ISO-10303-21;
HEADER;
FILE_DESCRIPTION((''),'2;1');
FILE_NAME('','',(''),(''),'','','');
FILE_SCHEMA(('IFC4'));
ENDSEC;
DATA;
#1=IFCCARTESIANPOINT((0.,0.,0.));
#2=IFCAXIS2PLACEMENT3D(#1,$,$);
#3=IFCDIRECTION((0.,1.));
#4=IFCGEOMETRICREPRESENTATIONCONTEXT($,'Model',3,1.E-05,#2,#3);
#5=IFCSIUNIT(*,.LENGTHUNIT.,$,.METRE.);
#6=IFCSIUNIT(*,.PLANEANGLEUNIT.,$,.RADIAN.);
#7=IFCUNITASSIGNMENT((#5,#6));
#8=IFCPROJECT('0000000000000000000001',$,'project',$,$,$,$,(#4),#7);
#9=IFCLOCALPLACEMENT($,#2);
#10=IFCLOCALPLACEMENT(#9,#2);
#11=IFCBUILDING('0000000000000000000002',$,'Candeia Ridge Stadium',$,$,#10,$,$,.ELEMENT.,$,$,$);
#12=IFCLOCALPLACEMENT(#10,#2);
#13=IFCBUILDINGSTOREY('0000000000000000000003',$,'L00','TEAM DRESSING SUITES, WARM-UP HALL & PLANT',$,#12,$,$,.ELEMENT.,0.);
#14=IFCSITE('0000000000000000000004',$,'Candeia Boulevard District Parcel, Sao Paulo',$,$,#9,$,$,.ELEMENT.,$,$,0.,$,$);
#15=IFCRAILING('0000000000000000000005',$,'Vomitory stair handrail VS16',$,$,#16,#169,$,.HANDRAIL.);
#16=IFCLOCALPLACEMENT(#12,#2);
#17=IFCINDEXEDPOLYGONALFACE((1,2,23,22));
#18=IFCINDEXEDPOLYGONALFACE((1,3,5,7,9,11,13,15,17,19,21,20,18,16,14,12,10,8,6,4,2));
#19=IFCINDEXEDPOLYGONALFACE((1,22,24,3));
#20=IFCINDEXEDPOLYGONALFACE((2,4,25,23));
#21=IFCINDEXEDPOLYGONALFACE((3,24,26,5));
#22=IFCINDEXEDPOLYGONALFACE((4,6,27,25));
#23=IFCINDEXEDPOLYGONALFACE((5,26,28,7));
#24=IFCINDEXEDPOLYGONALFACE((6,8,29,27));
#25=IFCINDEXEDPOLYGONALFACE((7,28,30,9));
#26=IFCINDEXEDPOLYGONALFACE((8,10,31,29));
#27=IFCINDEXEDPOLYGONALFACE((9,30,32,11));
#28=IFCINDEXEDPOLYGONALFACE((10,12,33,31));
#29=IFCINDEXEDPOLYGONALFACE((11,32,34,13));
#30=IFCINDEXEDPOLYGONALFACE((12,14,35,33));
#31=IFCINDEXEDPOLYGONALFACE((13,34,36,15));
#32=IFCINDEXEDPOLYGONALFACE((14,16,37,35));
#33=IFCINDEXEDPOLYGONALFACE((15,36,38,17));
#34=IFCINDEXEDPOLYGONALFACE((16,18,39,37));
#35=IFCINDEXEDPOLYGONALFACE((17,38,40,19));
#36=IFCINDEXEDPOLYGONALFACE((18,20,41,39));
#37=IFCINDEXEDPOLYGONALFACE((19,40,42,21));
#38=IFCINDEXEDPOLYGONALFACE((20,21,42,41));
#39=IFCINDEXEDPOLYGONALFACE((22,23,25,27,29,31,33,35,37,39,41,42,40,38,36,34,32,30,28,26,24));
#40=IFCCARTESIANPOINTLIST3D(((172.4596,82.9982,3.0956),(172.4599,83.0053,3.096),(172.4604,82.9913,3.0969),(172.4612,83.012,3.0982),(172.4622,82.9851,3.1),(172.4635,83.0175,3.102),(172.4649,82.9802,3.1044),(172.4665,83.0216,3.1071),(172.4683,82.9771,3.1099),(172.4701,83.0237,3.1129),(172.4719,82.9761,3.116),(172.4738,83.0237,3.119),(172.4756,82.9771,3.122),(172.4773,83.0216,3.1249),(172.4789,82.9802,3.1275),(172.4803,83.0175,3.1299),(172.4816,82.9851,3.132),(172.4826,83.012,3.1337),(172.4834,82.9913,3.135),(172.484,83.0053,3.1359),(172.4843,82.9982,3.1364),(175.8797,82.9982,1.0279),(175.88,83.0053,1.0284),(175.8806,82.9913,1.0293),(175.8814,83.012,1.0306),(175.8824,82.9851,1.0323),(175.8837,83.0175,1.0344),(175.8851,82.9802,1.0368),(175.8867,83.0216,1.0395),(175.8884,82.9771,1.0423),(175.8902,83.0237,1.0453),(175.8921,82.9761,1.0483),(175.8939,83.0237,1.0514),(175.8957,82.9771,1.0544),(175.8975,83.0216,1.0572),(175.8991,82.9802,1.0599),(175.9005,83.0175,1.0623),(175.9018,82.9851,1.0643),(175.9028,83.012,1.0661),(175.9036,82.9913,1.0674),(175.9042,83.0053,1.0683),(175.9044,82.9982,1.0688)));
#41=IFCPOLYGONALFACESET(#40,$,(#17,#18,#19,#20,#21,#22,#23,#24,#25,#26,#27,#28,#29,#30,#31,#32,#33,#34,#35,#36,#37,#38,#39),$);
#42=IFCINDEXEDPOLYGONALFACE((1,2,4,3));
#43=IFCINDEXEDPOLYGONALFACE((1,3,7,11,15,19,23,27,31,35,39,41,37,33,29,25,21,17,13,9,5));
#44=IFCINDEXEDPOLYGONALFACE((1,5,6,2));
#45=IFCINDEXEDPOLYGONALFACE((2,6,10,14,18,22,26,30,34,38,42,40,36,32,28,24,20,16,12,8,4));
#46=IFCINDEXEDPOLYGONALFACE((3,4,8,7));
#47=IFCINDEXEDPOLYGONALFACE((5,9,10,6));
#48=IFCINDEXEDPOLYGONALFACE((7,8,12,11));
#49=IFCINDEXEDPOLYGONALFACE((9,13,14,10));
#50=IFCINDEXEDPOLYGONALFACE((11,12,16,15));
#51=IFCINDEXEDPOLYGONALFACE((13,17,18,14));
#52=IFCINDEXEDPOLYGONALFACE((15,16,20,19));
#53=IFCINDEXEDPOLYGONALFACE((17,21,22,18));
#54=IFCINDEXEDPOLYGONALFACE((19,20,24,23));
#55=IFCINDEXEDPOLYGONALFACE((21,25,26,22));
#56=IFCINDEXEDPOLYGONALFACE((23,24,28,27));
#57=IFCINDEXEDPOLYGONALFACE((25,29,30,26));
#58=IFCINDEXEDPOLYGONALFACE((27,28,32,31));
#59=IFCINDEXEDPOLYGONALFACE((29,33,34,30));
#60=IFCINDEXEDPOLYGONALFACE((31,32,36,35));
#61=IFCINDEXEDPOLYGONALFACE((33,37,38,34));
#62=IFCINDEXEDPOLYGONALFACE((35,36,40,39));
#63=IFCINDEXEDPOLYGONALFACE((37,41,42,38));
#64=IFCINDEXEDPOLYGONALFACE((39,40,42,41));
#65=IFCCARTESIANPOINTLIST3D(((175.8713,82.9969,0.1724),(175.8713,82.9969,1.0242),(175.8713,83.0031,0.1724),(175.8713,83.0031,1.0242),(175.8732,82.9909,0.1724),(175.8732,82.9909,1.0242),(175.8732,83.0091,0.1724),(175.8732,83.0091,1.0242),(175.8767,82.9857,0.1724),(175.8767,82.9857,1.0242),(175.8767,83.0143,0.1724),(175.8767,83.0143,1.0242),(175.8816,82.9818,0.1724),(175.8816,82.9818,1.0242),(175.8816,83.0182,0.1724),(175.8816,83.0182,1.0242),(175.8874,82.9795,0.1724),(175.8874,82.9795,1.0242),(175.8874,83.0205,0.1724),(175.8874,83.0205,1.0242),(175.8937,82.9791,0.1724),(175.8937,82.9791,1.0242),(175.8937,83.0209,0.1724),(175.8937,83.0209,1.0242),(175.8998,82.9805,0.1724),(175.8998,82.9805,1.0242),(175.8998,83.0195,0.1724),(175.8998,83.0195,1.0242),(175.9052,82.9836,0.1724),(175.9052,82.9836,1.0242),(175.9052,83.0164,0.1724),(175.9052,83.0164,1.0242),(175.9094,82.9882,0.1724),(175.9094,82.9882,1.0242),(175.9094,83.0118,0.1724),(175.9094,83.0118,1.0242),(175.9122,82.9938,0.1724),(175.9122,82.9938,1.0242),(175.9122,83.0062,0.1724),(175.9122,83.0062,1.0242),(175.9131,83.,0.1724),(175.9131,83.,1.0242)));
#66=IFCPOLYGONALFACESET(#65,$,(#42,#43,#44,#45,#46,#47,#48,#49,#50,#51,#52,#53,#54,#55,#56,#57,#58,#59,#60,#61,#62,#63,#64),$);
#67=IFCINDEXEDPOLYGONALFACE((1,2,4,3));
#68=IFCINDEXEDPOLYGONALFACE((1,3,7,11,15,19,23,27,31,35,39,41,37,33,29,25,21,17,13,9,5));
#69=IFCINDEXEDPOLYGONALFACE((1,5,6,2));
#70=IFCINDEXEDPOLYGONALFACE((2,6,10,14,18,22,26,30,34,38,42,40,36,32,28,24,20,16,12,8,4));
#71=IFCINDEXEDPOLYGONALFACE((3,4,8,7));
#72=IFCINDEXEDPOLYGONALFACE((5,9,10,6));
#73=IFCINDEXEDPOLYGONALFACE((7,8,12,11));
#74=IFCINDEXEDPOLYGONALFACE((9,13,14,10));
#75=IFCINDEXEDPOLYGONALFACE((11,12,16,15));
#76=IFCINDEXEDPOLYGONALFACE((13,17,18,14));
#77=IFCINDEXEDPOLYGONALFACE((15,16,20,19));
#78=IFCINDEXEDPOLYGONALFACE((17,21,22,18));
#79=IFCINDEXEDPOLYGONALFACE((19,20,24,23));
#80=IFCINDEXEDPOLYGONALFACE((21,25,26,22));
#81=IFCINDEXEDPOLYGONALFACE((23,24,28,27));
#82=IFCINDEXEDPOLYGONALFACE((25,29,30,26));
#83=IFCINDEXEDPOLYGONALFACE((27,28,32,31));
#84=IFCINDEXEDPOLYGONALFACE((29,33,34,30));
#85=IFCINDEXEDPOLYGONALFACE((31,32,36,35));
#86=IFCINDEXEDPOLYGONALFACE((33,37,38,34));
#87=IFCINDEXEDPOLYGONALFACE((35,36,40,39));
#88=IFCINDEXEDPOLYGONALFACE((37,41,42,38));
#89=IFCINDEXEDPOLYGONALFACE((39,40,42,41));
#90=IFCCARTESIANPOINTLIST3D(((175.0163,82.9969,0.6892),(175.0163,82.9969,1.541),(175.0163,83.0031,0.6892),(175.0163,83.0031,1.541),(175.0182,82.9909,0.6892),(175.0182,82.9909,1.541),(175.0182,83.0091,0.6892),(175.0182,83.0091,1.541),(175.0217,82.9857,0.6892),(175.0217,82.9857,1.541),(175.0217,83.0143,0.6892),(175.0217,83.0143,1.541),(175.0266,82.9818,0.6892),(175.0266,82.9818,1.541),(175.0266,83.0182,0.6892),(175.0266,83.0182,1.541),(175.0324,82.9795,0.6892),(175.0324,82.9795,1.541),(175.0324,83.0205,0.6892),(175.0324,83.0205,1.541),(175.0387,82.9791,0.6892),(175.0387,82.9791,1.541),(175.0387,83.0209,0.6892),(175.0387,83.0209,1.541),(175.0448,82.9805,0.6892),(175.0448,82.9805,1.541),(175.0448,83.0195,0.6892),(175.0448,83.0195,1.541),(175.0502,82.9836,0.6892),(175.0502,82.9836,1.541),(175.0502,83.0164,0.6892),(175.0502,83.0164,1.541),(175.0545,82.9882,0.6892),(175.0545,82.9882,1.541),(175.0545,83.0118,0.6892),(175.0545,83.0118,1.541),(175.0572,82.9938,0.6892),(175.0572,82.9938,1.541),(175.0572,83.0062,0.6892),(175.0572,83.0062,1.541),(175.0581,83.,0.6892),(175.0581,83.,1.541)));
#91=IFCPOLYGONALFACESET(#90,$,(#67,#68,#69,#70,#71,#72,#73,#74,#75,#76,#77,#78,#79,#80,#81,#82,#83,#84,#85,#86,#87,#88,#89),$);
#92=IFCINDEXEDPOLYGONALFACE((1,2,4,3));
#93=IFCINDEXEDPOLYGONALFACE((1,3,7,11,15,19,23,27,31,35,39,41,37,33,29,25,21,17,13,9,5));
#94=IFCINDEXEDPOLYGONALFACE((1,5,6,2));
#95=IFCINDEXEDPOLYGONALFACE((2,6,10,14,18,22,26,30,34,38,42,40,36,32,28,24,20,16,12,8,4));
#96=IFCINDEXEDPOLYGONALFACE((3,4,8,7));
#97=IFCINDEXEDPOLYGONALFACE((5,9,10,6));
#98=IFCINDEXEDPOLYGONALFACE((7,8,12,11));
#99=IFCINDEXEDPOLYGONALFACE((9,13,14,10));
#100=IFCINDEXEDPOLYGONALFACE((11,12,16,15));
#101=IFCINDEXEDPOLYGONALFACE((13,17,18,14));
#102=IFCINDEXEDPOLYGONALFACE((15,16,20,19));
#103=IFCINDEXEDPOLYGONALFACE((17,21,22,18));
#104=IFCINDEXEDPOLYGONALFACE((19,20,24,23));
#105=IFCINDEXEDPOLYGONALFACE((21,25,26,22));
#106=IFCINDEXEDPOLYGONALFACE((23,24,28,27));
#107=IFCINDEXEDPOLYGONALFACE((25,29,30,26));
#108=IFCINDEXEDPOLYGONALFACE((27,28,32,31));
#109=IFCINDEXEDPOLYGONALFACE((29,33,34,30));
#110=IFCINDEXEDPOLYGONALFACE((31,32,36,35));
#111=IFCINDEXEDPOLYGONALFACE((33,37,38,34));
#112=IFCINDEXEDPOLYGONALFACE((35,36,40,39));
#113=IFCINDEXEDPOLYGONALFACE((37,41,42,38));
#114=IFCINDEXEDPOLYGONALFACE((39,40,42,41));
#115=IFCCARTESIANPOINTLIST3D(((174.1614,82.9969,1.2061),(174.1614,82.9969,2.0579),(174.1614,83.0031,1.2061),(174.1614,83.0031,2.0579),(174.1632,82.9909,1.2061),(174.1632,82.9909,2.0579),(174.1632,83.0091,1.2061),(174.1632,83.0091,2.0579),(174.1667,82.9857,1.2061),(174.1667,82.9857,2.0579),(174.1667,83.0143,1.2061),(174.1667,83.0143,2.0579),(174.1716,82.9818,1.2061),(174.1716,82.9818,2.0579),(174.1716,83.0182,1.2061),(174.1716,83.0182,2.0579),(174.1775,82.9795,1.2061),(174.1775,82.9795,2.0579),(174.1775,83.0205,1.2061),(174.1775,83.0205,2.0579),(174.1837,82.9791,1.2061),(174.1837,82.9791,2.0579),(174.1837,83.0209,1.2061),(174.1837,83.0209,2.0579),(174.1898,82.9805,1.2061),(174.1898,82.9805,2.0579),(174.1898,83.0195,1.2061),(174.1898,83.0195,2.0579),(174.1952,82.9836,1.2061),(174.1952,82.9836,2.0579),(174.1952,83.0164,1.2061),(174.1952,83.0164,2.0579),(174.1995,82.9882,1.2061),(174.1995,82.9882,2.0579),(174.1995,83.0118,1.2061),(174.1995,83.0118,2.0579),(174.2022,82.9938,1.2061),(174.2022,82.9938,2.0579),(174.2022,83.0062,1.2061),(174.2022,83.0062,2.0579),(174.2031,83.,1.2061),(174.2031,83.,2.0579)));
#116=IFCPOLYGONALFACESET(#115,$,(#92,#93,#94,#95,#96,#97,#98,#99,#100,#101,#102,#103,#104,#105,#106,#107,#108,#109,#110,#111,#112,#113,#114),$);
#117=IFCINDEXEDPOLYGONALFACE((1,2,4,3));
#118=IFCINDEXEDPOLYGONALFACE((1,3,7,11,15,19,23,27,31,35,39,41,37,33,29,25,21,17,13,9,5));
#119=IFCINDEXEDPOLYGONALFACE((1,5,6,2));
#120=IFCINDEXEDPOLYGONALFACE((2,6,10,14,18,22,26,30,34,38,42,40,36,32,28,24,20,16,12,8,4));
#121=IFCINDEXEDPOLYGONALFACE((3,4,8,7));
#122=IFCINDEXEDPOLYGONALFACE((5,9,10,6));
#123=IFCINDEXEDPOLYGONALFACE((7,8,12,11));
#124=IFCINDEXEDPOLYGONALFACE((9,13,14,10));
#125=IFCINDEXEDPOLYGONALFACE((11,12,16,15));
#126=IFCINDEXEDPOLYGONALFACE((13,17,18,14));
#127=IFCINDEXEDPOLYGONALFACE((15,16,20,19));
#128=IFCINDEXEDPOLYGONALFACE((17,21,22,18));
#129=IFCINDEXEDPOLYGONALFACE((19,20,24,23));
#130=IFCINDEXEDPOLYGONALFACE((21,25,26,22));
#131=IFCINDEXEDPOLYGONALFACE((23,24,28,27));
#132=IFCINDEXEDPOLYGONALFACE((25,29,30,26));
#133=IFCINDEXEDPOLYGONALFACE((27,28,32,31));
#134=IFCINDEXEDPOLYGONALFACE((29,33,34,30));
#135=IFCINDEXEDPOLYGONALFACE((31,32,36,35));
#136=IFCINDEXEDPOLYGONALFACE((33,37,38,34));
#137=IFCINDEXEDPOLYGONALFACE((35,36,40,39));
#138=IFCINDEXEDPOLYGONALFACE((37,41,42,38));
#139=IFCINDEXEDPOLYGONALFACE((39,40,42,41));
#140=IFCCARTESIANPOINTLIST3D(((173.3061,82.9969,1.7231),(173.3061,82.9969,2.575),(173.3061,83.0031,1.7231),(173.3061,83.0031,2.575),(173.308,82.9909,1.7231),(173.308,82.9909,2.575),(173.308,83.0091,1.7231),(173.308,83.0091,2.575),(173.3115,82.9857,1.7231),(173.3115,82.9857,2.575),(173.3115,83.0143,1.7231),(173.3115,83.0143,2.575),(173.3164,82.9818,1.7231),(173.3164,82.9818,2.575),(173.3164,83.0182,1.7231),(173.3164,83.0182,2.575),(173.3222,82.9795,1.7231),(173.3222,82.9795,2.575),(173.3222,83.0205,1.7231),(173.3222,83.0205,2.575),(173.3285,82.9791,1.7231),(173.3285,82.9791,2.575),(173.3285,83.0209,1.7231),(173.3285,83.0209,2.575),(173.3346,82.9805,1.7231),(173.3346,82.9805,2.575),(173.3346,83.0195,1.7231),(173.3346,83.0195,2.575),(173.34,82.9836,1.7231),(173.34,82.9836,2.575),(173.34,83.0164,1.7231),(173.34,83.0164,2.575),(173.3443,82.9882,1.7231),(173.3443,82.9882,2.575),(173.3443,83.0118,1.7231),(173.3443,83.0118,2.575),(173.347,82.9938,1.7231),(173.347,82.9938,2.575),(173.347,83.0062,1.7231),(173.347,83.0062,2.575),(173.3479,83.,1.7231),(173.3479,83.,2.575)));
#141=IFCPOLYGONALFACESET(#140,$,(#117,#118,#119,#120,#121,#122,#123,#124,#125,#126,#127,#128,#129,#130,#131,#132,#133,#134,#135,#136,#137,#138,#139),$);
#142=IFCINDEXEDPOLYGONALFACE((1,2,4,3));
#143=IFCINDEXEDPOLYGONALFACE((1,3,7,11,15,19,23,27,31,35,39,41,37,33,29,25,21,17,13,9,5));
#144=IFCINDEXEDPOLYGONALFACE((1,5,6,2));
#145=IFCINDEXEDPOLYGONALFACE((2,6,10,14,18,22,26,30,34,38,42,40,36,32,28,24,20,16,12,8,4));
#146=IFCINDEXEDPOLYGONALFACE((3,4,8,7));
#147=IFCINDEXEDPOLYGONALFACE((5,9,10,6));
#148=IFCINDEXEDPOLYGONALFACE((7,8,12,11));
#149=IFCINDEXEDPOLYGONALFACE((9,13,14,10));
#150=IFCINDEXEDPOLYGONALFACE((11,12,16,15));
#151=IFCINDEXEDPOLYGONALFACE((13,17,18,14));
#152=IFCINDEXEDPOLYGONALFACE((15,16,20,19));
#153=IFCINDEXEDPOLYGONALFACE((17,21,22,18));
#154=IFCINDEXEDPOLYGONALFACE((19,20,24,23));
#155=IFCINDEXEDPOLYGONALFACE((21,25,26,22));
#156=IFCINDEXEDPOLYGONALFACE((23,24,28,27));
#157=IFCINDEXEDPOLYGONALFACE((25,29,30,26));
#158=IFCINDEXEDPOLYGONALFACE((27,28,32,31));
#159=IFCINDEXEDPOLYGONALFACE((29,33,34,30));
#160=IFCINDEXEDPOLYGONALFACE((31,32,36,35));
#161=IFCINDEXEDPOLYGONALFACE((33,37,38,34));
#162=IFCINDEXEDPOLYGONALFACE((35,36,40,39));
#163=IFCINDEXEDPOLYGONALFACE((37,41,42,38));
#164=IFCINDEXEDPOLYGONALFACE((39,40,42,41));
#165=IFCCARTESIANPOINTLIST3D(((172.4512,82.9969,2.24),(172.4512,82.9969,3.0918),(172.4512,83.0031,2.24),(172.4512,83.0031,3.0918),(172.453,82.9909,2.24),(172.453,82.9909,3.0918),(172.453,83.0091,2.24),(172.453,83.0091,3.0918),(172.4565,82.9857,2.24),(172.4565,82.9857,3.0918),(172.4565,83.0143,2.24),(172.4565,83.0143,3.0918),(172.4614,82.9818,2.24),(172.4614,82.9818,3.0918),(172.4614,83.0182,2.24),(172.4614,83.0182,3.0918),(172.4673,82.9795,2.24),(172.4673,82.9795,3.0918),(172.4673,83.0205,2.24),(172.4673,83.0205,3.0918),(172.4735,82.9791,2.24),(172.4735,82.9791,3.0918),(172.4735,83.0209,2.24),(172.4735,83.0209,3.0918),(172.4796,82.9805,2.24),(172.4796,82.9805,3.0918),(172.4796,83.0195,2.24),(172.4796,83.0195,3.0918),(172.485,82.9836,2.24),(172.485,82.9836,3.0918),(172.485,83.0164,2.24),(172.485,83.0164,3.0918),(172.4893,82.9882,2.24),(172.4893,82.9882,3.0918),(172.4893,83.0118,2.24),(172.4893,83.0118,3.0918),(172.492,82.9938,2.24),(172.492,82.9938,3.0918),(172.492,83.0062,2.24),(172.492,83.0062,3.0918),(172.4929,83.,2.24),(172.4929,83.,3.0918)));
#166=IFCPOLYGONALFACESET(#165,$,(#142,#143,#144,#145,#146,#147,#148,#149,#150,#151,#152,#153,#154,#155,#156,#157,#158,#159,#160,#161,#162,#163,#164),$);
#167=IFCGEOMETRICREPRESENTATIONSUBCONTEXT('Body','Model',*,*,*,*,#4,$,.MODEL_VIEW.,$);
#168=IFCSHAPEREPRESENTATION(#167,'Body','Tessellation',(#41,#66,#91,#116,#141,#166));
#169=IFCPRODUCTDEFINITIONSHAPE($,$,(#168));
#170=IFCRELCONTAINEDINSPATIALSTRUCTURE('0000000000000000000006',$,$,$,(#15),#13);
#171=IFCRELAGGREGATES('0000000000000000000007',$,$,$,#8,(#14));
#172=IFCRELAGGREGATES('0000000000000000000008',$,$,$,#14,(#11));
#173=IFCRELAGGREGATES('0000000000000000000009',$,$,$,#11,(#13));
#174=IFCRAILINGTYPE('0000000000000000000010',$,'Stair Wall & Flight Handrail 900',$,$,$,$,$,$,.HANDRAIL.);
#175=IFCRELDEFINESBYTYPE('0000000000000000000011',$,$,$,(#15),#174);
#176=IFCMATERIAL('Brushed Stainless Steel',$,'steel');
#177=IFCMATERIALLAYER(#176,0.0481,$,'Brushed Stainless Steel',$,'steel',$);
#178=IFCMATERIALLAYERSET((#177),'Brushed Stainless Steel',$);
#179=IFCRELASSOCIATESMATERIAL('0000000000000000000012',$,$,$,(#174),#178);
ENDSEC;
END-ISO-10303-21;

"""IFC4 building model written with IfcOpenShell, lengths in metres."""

from ifc_helpers import new_model, si_unit, direction, frame, origin, origin_2d, place, context, subcontext, project, spatial, circle, extrude, material, layer, layer_set, type_object, element, save


model = new_model("IFC4")

# Units and contexts
model_context = context("Model", 3, precision=1e-05, world=origin(), true_north=direction((0.0, 1.0)))
body_context = subcontext(model_context, "Body", "Model", "MODEL_VIEW")
ifc_project = project(units=[si_unit("LENGTHUNIT", "METRE"), si_unit("PLANEANGLEUNIT", "RADIAN")], contexts=[model_context])

# Site, building, storey
site_placement = place(None, origin())
site = spatial("IfcSite", under=ifc_project, at=site_placement, Name="Candeia Boulevard District Parcel, Sao Paulo", CompositionType="ELEMENT", RefElevation=0.0)
building_placement = place(site_placement, origin())
building = spatial("IfcBuilding", under=site, at=building_placement, Name="Candeia Ridge Stadium", CompositionType="ELEMENT")
storey_placement = place(building_placement, origin())
storey = spatial("IfcBuildingStorey", under=building, at=storey_placement, Name="L00", Description="TEAM DRESSING SUITES, WARM-UP HALL & PLANT", CompositionType="ELEMENT", Elevation=0.0)

# Railing
ifc_material_1 = material(Name="Brushed Stainless Steel", Category="steel")
ifc_layer_1 = layer(ifc_material_1, 0.0481, Name="Brushed Stainless Steel", Category="steel")
ifc_layer_set_1 = layer_set([ifc_layer_1], Name="Brushed Stainless Steel")
railing_type_1 = type_object("IfcRailingType", Name="Stair Wall & Flight Handrail 900", PredefinedType="HANDRAIL", material=ifc_layer_set_1)
railing_1_placement = place(storey_placement, frame((175.8921, 83.0, 0.1724)))
element("IfcRailing", 1, at=railing_1_placement, inside=storey, type_object=railing_type_1, Name="Vomitory stair handrail VS16", PredefinedType="HANDRAIL", context=body_context, shape_type="SweptSolid", body=[
    extrude(circle(Radius=0.0239, at=origin_2d()), frame((0.0, 0.0, 0.876), z_axis=(-0.855774, 0.0, 0.51735), x_axis=(0.0, -1.0, 0.0)), (0.0, 0.0, 1.0), 3.9966),
    extrude(circle(Radius=0.021, at=origin_2d()), origin(), (0.0, 0.0, 1.0), 0.8518),
    extrude(circle(Radius=0.021, at=origin_2d()), frame((-0.855, 0.0, 0.5168)), (0.0, 0.0, 1.0), 0.8518),
    extrude(circle(Radius=0.021, at=origin_2d()), frame((-1.71, 0.0, 1.0337)), (0.0, 0.0, 1.0), 0.8518),
    extrude(circle(Radius=0.021, at=origin_2d()), frame((-2.5652, 0.0, 1.5508)), (0.0, 0.0, 1.0), 0.8518),
    extrude(circle(Radius=0.021, at=origin_2d()), frame((-3.4202, 0.0, 2.0676)), (0.0, 0.0, 1.0), 0.8518),
])

save(model, "model.ifc")
